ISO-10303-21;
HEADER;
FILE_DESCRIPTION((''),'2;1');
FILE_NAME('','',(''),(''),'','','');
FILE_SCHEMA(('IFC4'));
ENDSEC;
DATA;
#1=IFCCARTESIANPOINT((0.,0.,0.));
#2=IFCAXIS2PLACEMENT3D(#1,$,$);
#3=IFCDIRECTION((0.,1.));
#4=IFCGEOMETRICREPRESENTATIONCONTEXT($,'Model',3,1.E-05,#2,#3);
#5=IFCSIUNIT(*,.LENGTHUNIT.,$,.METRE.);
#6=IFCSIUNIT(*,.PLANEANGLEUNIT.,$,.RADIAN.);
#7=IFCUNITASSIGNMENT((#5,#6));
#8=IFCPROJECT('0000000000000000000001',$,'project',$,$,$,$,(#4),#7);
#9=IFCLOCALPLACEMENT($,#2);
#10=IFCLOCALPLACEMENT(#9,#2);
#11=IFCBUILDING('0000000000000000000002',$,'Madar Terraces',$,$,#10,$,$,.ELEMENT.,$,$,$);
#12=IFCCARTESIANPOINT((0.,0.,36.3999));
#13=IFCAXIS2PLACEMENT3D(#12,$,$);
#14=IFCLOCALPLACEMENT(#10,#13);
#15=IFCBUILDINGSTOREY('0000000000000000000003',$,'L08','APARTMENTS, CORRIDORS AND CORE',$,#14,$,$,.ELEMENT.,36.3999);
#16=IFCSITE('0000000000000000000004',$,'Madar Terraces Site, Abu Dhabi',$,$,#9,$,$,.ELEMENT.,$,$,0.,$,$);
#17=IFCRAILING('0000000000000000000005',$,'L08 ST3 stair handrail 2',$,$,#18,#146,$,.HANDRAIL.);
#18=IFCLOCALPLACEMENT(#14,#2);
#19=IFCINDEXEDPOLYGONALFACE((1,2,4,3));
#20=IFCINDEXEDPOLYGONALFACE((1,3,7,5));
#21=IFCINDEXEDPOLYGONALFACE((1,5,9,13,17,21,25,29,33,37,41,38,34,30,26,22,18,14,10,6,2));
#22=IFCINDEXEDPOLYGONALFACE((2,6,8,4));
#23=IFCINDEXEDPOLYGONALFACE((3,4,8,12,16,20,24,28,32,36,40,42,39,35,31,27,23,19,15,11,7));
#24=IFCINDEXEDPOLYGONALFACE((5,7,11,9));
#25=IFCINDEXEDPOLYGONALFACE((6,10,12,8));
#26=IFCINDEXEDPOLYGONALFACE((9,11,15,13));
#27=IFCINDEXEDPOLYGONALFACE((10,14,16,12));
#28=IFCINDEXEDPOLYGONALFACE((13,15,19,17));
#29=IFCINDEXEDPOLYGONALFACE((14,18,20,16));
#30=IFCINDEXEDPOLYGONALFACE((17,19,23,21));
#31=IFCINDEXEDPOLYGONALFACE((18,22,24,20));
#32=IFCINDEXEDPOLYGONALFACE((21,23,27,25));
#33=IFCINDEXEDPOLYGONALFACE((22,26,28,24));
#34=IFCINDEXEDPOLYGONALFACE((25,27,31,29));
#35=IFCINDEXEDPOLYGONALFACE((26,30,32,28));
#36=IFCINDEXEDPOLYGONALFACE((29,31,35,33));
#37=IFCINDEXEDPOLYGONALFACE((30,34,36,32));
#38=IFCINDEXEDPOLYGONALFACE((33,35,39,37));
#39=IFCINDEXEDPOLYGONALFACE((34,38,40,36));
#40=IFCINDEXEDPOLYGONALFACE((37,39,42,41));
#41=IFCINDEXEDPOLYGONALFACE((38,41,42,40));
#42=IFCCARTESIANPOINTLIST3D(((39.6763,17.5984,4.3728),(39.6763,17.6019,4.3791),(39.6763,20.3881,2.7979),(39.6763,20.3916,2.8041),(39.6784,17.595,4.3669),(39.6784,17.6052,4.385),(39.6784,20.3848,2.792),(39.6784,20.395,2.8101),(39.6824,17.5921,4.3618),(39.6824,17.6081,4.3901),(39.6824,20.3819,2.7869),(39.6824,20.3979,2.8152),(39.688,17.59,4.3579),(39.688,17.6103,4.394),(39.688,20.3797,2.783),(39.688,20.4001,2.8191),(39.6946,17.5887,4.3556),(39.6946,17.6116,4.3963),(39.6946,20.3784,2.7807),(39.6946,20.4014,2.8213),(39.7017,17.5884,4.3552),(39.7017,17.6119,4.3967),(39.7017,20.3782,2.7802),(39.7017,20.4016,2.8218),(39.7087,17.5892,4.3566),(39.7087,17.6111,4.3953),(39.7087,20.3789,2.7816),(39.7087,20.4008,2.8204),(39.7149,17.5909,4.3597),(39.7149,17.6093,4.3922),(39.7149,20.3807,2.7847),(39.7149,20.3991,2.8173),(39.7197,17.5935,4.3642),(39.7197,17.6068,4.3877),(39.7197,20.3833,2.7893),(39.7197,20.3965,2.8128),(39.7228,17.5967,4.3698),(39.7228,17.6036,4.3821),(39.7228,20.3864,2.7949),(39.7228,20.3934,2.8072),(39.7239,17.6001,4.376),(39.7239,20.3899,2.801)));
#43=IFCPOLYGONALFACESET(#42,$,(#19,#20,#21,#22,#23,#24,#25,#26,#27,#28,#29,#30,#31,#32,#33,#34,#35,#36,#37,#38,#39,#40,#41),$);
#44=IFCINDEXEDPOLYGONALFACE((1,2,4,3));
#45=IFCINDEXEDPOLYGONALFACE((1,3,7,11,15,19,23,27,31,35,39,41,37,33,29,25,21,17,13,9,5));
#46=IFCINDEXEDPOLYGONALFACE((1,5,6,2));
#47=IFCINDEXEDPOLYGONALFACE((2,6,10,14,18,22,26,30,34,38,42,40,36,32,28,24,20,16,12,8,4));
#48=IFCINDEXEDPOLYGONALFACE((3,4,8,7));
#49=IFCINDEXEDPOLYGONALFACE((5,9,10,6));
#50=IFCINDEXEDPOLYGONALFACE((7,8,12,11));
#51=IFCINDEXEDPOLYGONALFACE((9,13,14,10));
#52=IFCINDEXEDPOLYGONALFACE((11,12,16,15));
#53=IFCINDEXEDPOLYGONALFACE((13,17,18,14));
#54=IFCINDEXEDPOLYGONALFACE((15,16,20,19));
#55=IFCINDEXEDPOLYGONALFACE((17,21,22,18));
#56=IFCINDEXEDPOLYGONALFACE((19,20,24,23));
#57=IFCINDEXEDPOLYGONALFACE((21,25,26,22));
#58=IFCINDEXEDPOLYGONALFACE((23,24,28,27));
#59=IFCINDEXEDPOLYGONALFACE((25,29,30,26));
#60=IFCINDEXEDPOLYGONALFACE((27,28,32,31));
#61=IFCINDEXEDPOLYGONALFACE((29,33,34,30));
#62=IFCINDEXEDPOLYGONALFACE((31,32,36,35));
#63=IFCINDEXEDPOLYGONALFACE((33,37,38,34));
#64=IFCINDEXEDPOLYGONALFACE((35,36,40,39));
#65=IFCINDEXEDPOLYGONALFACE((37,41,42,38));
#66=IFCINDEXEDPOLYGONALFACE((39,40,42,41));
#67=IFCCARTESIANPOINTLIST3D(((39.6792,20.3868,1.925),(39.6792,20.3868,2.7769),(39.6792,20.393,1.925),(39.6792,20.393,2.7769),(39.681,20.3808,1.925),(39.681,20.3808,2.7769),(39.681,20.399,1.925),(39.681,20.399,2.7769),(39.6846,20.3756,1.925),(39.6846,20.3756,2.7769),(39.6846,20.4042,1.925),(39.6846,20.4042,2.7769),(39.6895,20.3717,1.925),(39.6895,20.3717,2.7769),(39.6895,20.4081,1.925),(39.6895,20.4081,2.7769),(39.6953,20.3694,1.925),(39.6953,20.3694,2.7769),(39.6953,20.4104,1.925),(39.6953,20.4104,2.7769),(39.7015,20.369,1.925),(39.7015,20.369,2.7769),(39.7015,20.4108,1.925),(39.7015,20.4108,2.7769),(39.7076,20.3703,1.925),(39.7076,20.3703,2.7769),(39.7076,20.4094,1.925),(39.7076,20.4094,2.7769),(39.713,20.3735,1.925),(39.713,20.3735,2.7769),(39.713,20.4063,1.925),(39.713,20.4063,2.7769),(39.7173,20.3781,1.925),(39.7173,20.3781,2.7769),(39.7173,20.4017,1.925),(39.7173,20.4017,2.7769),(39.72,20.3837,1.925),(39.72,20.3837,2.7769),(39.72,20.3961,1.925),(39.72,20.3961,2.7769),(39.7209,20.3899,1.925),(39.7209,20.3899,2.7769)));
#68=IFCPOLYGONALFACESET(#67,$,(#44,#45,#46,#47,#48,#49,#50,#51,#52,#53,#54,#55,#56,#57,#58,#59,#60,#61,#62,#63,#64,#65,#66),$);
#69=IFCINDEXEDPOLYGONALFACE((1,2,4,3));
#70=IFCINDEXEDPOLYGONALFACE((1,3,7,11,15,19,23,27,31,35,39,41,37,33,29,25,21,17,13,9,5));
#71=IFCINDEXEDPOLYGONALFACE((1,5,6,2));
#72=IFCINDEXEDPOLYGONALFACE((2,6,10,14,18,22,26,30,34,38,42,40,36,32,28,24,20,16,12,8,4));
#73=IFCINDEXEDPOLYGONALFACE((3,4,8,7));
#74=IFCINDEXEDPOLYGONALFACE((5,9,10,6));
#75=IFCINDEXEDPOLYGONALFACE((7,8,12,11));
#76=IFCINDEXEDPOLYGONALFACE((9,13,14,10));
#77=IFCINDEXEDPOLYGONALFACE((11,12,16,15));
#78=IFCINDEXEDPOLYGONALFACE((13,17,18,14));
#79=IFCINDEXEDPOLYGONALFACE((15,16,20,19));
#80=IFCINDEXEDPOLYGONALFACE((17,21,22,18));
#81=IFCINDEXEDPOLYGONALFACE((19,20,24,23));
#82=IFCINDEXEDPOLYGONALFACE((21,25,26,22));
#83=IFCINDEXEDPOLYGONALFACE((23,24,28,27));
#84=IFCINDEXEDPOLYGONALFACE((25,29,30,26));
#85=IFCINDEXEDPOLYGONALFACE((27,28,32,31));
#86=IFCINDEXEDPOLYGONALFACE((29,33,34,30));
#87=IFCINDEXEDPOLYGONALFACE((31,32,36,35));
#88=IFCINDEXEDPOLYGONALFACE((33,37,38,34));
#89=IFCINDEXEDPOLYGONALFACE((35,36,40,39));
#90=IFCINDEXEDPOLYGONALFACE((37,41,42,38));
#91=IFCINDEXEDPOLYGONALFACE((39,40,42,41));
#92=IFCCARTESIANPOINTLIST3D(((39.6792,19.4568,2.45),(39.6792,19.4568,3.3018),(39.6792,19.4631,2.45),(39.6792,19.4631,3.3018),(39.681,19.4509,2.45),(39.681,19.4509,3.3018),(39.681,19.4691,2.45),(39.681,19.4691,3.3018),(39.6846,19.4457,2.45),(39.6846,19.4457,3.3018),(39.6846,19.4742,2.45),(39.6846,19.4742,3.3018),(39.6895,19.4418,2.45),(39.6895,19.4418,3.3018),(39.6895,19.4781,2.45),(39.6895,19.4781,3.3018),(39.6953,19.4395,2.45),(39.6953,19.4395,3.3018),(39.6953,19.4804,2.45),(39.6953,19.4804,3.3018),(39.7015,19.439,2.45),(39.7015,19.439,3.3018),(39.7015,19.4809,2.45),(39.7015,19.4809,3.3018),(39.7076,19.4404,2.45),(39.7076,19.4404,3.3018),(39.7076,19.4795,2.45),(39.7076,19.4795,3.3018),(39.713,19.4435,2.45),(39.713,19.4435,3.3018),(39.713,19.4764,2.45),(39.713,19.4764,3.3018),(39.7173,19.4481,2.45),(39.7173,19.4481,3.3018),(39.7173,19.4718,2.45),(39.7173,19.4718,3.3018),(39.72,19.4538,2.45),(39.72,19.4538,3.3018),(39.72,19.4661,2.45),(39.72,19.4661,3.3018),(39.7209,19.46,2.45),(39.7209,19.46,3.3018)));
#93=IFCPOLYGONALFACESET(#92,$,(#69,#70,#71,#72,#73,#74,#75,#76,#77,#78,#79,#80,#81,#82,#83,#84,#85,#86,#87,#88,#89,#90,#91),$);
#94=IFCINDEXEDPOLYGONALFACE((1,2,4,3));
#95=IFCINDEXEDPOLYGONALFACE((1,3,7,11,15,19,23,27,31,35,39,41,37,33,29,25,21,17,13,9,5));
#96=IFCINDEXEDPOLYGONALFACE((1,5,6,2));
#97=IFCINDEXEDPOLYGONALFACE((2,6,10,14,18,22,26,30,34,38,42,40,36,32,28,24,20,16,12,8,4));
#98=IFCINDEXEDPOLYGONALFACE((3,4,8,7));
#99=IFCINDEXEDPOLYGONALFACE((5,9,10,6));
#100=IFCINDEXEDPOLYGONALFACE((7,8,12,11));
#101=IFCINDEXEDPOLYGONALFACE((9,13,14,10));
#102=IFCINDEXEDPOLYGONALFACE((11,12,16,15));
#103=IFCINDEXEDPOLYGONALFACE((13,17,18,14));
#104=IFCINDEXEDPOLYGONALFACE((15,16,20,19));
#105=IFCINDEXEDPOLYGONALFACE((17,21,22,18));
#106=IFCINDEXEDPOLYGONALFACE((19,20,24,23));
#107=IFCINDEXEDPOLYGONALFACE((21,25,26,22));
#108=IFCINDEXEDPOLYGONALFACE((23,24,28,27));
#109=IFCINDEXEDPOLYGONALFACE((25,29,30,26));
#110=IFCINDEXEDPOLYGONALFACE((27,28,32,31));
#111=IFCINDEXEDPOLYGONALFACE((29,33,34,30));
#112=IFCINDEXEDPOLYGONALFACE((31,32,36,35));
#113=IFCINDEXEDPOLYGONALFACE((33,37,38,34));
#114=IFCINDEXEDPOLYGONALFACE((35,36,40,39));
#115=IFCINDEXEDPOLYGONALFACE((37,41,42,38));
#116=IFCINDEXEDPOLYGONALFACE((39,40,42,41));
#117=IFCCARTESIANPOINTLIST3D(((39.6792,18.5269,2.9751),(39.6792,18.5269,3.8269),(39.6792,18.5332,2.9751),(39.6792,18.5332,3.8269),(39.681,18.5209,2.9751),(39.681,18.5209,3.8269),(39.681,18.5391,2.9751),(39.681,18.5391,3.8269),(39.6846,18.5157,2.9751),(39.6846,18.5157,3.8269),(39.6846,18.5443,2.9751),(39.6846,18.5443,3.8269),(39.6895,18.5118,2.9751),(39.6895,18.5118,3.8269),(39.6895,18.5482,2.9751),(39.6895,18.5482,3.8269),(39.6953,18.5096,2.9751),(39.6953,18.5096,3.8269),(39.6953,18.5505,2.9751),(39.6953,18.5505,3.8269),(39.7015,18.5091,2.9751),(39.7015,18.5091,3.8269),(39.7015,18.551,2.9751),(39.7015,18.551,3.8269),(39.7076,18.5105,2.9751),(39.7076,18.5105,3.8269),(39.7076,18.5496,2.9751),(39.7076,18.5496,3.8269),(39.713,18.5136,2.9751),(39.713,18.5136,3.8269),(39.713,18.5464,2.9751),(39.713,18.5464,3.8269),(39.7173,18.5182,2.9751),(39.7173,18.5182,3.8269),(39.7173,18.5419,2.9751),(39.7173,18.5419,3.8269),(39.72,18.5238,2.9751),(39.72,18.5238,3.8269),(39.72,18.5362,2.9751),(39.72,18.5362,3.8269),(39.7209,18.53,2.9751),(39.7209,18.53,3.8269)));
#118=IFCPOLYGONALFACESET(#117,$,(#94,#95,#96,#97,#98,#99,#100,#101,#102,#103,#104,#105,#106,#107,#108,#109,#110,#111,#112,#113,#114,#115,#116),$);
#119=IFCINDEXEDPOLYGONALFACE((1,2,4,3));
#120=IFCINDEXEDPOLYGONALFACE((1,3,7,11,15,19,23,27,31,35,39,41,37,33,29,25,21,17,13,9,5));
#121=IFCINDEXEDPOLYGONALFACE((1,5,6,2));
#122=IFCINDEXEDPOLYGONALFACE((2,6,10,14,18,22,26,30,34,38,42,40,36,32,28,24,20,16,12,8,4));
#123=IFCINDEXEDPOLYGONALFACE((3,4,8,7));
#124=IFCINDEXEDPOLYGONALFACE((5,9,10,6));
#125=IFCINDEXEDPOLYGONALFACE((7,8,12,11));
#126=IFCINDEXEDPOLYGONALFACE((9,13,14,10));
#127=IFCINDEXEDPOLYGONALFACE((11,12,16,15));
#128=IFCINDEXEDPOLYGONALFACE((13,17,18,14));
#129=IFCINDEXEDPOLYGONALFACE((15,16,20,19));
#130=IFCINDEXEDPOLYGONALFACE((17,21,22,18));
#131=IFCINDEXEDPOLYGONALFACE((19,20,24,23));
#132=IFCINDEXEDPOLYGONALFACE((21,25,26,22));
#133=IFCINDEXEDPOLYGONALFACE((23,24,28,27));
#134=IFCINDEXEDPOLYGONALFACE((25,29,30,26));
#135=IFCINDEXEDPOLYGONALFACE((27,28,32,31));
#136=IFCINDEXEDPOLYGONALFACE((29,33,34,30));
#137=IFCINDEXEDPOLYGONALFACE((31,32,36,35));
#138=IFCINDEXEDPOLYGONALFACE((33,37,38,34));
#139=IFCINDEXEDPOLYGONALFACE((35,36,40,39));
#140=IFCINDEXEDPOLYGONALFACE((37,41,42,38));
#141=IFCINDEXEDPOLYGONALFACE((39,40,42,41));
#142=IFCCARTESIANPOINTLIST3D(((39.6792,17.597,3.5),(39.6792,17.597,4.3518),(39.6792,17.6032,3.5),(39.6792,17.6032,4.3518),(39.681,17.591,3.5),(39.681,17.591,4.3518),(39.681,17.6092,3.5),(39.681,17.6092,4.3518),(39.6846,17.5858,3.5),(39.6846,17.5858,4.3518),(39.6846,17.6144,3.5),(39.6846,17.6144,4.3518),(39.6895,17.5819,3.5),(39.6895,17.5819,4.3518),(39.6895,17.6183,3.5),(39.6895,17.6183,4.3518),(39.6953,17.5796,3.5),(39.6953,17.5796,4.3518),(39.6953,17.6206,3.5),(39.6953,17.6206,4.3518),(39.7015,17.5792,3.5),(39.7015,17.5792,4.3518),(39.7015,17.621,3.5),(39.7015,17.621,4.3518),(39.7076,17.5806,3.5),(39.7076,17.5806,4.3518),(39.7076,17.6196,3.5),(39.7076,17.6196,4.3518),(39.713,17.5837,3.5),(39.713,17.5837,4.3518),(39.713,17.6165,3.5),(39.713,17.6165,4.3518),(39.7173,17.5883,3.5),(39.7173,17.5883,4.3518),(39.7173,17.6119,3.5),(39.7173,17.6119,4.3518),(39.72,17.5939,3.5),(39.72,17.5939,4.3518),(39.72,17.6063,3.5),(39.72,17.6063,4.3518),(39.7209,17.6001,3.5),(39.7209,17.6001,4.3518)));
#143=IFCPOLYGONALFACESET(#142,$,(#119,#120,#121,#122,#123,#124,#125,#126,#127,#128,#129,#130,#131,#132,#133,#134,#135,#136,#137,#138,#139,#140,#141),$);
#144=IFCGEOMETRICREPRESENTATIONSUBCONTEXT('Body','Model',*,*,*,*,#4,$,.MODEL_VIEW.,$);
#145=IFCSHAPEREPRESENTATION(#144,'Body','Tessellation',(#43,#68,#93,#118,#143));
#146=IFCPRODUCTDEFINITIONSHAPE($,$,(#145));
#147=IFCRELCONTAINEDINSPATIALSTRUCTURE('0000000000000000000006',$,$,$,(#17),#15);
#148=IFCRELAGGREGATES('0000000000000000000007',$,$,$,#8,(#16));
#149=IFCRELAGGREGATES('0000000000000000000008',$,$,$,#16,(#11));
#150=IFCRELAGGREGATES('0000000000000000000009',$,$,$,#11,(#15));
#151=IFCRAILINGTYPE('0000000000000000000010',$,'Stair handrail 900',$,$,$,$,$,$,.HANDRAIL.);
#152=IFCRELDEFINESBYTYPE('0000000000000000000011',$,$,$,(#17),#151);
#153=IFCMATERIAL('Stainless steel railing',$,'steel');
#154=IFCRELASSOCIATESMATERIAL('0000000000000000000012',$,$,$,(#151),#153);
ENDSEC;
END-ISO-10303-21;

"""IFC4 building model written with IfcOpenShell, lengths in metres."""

from ifc_helpers import new_model, si_unit, direction, frame, origin, origin_2d, place, context, subcontext, project, spatial, circle, extrude, material, type_object, element, save


model = new_model("IFC4")

# Units and contexts
model_context = context("Model", 3, precision=1e-05, world=origin(), true_north=direction((0.0, 1.0)))
body_context = subcontext(model_context, "Body", "Model", "MODEL_VIEW")
ifc_project = project(units=[si_unit("LENGTHUNIT", "METRE"), si_unit("PLANEANGLEUNIT", "RADIAN")], contexts=[model_context])

# Site, building, storey
site_placement = place(None, origin())
site = spatial("IfcSite", under=ifc_project, at=site_placement, Name="Madar Terraces Site, Abu Dhabi", CompositionType="ELEMENT", RefElevation=0.0)
building_placement = place(site_placement, origin())
building = spatial("IfcBuilding", under=site, at=building_placement, Name="Madar Terraces", CompositionType="ELEMENT")
storey_placement = place(building_placement, frame((0.0, 0.0, 36.3999)))
storey = spatial("IfcBuildingStorey", under=building, at=storey_placement, Name="L08", Description="APARTMENTS, CORRIDORS AND CORE", CompositionType="ELEMENT", Elevation=36.3999)

# Railing
ifc_material_1 = material(Name="Stainless steel railing", Category="steel")
railing_type_1 = type_object("IfcRailingType", Name="Stair handrail 900", PredefinedType="HANDRAIL", material=ifc_material_1)
railing_1_placement = place(storey_placement, frame((39.7, 20.3899, 1.925)))
element("IfcRailing", 1, at=railing_1_placement, inside=storey, type_object=railing_type_1, Name="L08 ST3 stair handrail 2", PredefinedType="HANDRAIL", context=body_context, shape_type="SweptSolid", body=[
    extrude(circle(Radius=0.0239, at=origin_2d()), frame((0.0, 0.0, 0.876), z_axis=(0.0, -0.870815, 0.49161), x_axis=(1.0, 0.0, 0.0)), (0.0, 0.0, 1.0), 3.2036),
    extrude(circle(Radius=0.021, at=origin_2d()), origin(), (0.0, 0.0, 1.0), 0.8518),
    extrude(circle(Radius=0.021, at=origin_2d()), frame((0.0, -0.9299, 0.5249)), (0.0, 0.0, 1.0), 0.8518),
    extrude(circle(Radius=0.021, at=origin_2d()), frame((0.0, -1.8599, 1.05)), (0.0, 0.0, 1.0), 0.8518),
    extrude(circle(Radius=0.021, at=origin_2d()), frame((0.0, -2.7898, 1.575)), (0.0, 0.0, 1.0), 0.8518),
])

save(model, "model.ifc")
